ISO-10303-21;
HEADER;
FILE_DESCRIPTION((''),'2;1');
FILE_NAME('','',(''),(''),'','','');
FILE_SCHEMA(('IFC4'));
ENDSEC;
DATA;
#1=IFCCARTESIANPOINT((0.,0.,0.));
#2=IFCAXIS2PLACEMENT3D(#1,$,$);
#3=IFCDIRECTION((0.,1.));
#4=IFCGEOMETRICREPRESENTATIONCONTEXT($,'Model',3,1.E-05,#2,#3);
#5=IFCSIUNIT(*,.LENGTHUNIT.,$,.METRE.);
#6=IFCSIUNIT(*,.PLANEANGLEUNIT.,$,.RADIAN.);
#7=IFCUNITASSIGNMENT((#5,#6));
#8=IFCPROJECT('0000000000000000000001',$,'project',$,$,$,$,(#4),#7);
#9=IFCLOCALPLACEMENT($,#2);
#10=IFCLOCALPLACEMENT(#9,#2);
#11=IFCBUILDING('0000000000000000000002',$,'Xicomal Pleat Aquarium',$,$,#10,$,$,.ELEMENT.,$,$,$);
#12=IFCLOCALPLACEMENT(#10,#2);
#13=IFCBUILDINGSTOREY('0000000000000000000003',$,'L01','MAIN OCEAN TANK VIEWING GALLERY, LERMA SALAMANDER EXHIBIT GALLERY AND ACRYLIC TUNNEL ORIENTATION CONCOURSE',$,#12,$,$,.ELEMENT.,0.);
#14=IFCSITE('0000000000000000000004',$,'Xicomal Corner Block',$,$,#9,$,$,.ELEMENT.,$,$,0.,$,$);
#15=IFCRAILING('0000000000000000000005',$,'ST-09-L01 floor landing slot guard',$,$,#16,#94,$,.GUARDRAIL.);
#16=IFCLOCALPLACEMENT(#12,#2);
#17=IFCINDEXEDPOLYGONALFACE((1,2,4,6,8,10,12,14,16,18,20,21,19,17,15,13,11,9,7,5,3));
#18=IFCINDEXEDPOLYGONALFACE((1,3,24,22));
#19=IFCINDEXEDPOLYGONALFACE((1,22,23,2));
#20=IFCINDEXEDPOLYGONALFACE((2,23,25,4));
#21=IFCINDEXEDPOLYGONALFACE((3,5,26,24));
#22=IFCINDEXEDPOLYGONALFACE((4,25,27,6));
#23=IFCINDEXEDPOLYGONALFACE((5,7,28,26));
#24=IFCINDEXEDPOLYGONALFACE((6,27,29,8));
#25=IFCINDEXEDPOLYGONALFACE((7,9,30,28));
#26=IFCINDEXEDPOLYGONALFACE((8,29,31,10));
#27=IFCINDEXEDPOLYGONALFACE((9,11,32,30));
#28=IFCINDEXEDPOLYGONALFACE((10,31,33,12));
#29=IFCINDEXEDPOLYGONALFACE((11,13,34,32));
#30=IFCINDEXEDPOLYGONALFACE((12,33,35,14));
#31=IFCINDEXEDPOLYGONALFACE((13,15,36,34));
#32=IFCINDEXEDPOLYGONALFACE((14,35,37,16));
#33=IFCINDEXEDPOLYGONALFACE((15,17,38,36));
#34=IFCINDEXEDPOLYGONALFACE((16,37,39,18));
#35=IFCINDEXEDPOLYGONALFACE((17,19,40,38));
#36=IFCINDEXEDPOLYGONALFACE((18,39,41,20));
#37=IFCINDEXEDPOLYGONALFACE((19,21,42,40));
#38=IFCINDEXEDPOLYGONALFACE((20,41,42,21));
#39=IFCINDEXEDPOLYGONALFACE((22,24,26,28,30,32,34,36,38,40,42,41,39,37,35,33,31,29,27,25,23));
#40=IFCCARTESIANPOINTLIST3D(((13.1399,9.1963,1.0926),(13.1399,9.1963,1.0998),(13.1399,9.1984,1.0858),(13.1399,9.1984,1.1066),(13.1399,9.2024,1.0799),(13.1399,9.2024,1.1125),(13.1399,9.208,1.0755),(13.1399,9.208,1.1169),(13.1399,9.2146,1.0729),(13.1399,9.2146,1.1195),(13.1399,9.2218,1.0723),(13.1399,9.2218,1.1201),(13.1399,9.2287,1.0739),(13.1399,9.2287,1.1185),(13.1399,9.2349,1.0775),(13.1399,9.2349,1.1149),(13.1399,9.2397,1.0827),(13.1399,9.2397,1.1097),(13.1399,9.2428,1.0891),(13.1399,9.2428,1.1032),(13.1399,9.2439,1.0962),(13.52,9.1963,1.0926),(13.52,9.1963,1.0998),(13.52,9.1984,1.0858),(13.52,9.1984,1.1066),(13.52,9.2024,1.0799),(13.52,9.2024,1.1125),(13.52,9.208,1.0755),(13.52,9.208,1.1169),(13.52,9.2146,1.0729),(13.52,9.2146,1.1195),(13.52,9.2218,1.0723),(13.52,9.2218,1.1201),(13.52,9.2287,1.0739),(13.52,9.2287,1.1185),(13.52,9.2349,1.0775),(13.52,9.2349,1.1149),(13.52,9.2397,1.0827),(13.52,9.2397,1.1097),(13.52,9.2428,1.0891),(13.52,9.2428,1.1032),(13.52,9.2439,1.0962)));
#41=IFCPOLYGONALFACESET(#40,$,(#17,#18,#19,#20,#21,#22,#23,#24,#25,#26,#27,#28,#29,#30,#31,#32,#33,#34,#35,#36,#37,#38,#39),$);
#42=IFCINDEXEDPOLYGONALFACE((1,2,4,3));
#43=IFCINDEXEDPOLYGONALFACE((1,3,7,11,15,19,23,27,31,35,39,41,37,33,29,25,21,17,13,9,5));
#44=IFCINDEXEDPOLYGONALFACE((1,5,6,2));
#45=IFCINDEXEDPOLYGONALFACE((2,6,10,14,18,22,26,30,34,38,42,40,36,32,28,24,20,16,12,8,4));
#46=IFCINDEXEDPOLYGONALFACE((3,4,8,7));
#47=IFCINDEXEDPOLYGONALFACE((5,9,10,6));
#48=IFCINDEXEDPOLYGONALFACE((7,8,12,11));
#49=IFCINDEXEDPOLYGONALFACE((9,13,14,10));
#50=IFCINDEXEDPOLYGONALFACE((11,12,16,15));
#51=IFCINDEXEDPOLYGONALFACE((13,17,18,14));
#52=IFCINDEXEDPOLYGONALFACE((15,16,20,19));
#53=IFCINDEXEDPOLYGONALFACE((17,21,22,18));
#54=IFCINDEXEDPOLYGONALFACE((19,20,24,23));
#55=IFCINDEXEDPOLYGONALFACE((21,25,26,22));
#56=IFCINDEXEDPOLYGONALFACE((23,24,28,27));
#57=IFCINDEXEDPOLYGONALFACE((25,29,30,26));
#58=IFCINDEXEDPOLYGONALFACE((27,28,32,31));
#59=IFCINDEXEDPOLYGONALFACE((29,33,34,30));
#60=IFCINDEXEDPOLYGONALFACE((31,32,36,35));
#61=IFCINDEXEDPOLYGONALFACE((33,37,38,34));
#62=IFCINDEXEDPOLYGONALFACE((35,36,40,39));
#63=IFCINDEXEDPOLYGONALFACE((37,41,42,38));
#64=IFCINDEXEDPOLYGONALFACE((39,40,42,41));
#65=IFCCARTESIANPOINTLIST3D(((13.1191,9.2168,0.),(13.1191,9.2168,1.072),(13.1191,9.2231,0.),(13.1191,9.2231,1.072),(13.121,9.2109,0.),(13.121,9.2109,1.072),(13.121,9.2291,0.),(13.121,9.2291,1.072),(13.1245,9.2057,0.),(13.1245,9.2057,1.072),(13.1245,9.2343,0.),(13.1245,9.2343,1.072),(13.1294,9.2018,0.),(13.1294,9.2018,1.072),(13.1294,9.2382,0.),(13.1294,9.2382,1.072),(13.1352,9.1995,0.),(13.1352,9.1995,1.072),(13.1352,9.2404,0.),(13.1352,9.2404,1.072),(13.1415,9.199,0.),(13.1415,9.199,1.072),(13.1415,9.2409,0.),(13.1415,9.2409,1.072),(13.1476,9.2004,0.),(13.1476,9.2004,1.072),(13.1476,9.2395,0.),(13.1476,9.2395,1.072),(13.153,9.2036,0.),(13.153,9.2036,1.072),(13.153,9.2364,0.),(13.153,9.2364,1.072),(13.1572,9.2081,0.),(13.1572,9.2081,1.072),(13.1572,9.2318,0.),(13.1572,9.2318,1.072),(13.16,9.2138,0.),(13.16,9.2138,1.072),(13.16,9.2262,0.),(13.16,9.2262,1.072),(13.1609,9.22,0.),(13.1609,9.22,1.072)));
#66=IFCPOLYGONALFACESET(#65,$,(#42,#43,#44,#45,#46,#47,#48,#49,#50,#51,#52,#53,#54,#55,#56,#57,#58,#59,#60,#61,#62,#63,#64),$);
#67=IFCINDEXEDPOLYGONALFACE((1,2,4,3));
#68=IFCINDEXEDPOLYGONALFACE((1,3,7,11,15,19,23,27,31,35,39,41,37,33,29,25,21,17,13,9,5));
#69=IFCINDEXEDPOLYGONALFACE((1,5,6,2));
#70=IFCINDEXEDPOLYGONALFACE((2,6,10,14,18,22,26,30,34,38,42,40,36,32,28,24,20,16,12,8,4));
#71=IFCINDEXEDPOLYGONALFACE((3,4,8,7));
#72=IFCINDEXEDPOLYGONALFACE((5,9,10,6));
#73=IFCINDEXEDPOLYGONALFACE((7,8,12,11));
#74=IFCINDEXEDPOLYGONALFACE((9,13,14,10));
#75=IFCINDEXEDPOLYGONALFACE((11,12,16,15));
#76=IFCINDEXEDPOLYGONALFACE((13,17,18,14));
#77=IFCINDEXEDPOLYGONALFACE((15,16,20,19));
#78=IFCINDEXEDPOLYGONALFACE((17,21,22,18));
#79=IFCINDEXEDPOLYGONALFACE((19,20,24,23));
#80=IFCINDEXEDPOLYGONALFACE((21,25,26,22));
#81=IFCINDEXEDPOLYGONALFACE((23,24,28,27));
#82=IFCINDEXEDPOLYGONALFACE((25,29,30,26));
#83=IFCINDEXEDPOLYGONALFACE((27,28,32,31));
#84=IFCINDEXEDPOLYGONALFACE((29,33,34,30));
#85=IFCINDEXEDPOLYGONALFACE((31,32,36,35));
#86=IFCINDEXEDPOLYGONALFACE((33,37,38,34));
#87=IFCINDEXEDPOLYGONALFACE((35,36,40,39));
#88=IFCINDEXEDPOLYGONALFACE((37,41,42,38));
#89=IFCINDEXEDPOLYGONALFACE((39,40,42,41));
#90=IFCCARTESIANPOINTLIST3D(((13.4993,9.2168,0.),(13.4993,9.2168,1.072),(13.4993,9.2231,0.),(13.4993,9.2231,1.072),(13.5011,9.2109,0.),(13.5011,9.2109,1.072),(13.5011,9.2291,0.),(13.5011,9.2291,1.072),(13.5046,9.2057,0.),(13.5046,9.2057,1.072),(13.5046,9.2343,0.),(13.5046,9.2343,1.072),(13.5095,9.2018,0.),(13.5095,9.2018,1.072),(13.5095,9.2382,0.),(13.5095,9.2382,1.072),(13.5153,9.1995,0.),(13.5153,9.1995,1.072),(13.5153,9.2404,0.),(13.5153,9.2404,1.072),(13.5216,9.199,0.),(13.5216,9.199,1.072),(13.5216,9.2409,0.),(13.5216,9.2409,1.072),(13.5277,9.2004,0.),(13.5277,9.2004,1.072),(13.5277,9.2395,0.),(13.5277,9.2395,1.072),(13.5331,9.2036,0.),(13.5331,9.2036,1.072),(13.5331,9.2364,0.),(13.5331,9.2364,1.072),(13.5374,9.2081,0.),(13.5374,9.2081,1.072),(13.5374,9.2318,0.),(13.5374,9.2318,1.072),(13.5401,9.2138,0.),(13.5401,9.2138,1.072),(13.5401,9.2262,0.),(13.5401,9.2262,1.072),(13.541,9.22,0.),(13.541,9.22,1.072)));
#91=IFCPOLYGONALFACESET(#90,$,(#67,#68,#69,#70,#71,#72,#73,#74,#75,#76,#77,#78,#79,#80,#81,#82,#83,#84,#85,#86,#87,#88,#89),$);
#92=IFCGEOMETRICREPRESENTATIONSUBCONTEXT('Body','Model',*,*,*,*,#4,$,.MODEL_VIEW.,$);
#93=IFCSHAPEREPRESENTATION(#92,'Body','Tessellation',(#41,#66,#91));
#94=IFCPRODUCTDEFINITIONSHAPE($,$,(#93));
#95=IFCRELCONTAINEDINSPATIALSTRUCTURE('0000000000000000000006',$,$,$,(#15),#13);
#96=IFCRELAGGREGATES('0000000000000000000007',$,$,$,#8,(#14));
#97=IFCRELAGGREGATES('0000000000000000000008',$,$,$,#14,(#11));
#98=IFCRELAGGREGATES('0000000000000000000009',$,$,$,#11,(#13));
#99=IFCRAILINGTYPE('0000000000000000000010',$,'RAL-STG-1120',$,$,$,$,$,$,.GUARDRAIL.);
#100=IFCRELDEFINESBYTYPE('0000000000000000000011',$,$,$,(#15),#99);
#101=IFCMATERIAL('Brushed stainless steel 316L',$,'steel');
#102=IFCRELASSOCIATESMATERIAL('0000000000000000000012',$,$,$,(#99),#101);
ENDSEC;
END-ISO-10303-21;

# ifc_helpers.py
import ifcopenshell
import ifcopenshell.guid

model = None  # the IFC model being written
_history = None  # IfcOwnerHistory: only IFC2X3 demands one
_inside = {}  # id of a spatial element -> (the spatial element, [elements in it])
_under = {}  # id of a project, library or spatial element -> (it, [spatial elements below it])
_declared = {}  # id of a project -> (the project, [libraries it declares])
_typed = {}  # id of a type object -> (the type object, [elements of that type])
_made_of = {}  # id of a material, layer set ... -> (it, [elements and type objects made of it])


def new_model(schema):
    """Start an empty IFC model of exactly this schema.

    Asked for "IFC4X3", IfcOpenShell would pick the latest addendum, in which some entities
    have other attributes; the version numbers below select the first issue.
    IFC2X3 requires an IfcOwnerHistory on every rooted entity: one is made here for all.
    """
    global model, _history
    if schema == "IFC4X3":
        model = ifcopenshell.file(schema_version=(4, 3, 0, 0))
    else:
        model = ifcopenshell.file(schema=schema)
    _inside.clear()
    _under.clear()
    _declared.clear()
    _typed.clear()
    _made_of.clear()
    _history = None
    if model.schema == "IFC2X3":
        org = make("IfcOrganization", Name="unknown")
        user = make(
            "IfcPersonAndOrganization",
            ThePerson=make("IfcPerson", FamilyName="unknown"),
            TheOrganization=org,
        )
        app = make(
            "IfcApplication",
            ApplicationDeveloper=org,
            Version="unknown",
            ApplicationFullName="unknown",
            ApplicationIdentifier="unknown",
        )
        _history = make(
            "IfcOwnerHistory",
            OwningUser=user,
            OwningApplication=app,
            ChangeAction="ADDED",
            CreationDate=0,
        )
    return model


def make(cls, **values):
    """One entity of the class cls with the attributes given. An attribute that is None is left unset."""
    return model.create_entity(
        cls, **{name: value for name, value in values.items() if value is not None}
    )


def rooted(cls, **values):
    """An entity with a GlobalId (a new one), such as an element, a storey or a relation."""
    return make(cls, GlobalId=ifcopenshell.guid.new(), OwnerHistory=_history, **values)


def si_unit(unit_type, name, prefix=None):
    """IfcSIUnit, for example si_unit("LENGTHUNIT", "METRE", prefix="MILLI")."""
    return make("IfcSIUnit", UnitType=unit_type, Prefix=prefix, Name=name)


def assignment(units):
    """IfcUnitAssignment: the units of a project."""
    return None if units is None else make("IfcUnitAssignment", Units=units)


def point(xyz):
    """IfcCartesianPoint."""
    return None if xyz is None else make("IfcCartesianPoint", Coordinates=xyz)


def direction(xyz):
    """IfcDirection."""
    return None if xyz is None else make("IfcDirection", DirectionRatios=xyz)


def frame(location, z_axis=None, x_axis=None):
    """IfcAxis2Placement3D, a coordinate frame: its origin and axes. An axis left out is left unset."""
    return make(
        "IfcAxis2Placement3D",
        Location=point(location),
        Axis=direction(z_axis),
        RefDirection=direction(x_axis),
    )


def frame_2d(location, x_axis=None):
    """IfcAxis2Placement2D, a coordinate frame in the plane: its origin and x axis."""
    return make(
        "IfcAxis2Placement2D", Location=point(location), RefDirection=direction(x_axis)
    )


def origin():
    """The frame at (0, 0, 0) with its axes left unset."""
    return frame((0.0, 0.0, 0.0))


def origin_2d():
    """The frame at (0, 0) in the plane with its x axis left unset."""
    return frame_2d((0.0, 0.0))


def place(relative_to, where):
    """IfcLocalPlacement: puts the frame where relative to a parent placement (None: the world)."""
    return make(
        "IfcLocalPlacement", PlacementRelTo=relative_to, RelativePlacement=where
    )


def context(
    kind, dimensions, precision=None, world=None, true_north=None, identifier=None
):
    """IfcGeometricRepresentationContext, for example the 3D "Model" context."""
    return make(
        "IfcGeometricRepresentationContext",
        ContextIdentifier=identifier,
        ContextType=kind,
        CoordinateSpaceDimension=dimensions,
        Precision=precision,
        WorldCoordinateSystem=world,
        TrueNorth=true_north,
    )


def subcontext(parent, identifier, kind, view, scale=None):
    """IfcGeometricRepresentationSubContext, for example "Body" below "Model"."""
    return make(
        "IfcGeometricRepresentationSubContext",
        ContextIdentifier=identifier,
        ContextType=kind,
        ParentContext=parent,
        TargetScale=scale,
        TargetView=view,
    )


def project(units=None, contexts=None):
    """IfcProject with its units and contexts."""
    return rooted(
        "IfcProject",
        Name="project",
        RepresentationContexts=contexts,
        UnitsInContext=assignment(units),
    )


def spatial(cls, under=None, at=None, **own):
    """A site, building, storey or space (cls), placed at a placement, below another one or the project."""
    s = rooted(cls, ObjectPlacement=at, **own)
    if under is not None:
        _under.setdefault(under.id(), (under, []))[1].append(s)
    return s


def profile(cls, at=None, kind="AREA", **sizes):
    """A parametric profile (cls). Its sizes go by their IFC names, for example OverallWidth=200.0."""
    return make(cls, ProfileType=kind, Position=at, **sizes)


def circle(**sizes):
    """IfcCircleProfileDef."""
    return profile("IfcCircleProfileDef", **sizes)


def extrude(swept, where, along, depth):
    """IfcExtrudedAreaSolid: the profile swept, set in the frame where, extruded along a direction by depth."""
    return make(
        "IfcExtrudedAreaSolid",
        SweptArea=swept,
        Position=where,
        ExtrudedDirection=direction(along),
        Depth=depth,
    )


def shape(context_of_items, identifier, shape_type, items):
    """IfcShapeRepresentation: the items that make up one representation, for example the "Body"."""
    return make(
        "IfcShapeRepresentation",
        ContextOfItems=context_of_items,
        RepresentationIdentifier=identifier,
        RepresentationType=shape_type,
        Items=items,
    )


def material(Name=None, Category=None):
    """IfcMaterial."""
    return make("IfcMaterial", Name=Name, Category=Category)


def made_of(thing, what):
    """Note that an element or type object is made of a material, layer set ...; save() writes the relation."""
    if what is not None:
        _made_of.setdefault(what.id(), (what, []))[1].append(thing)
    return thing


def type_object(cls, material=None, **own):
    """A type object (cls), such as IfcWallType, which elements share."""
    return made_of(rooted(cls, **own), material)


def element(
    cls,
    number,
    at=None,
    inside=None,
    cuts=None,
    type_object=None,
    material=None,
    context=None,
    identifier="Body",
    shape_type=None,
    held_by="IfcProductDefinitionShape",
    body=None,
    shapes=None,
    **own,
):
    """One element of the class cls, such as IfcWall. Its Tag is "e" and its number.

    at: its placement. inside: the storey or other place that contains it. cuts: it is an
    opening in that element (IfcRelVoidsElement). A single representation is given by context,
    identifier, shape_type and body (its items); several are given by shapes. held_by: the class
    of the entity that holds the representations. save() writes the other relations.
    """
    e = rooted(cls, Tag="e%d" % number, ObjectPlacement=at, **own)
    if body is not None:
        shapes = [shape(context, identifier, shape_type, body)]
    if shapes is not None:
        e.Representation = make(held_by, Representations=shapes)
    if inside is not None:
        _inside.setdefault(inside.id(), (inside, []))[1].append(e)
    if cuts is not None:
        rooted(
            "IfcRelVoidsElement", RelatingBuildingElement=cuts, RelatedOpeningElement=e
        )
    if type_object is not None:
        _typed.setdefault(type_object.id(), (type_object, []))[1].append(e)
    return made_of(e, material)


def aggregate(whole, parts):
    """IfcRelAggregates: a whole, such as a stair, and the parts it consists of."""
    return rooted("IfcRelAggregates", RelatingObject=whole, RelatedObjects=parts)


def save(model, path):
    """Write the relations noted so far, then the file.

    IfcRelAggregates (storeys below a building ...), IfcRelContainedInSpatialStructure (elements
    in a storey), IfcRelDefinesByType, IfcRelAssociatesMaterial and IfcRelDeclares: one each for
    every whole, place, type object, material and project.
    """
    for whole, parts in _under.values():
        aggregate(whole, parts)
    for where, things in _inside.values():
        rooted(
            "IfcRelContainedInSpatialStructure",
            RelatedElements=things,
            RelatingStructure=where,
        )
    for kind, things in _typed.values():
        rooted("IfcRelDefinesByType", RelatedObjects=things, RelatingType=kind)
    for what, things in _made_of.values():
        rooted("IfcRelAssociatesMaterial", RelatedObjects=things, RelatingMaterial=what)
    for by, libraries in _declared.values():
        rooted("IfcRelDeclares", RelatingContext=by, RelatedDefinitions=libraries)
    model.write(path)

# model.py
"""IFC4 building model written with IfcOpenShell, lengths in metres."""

from ifc_helpers import new_model, si_unit, direction, frame, origin, origin_2d, place, context, subcontext, project, spatial, circle, extrude, material, type_object, element, save


model = new_model("IFC4")

# Units and contexts
model_context = context("Model", 3, precision=1e-05, world=origin(), true_north=direction((0.0, 1.0)))
body_context = subcontext(model_context, "Body", "Model", "MODEL_VIEW")
ifc_project = project(units=[si_unit("LENGTHUNIT", "METRE"), si_unit("PLANEANGLEUNIT", "RADIAN")], contexts=[model_context])

# Site, building, storey
site_placement = place(None, origin())
site = spatial("IfcSite", under=ifc_project, at=site_placement, Name="Xicomal Corner Block", CompositionType="ELEMENT", RefElevation=0.0)
building_placement = place(site_placement, origin())
building = spatial("IfcBuilding", under=site, at=building_placement, Name="Xicomal Pleat Aquarium", CompositionType="ELEMENT")
storey_placement = place(building_placement, origin())
storey = spatial("IfcBuildingStorey", under=building, at=storey_placement, Name="L01", Description="MAIN OCEAN TANK VIEWING GALLERY, LERMA SALAMANDER EXHIBIT GALLERY AND ACRYLIC TUNNEL ORIENTATION CONCOURSE", CompositionType="ELEMENT", Elevation=0.0)

# Railing
ifc_material_1 = material(Name="Brushed stainless steel 316L", Category="steel")
railing_type_1 = type_object("IfcRailingType", Name="RAL-STG-1120", PredefinedType="GUARDRAIL", material=ifc_material_1)
railing_1_placement = place(storey_placement, frame((13.1399, 9.22, 0.0)))
element("IfcRailing", 1, at=railing_1_placement, inside=storey, type_object=railing_type_1, Name="ST-09-L01 floor landing slot guard", PredefinedType="GUARDRAIL", context=body_context, shape_type="SweptSolid", body=[
    extrude(circle(Radius=0.0239, at=origin_2d()), frame((0.0, 0.0, 1.0962), z_axis=(1.0, 0.0, 0.0), x_axis=(0.0, 1.0, 0.0)), (0.0, 0.0, 1.0), 0.3801),
    extrude(circle(Radius=0.021, at=origin_2d()), origin(), (0.0, 0.0, 1.0), 1.072),
    extrude(circle(Radius=0.021, at=origin_2d()), frame((0.3801, 0.0, 0.0)), (0.0, 0.0, 1.0), 1.072),
])

save(model, "model.ifc")
